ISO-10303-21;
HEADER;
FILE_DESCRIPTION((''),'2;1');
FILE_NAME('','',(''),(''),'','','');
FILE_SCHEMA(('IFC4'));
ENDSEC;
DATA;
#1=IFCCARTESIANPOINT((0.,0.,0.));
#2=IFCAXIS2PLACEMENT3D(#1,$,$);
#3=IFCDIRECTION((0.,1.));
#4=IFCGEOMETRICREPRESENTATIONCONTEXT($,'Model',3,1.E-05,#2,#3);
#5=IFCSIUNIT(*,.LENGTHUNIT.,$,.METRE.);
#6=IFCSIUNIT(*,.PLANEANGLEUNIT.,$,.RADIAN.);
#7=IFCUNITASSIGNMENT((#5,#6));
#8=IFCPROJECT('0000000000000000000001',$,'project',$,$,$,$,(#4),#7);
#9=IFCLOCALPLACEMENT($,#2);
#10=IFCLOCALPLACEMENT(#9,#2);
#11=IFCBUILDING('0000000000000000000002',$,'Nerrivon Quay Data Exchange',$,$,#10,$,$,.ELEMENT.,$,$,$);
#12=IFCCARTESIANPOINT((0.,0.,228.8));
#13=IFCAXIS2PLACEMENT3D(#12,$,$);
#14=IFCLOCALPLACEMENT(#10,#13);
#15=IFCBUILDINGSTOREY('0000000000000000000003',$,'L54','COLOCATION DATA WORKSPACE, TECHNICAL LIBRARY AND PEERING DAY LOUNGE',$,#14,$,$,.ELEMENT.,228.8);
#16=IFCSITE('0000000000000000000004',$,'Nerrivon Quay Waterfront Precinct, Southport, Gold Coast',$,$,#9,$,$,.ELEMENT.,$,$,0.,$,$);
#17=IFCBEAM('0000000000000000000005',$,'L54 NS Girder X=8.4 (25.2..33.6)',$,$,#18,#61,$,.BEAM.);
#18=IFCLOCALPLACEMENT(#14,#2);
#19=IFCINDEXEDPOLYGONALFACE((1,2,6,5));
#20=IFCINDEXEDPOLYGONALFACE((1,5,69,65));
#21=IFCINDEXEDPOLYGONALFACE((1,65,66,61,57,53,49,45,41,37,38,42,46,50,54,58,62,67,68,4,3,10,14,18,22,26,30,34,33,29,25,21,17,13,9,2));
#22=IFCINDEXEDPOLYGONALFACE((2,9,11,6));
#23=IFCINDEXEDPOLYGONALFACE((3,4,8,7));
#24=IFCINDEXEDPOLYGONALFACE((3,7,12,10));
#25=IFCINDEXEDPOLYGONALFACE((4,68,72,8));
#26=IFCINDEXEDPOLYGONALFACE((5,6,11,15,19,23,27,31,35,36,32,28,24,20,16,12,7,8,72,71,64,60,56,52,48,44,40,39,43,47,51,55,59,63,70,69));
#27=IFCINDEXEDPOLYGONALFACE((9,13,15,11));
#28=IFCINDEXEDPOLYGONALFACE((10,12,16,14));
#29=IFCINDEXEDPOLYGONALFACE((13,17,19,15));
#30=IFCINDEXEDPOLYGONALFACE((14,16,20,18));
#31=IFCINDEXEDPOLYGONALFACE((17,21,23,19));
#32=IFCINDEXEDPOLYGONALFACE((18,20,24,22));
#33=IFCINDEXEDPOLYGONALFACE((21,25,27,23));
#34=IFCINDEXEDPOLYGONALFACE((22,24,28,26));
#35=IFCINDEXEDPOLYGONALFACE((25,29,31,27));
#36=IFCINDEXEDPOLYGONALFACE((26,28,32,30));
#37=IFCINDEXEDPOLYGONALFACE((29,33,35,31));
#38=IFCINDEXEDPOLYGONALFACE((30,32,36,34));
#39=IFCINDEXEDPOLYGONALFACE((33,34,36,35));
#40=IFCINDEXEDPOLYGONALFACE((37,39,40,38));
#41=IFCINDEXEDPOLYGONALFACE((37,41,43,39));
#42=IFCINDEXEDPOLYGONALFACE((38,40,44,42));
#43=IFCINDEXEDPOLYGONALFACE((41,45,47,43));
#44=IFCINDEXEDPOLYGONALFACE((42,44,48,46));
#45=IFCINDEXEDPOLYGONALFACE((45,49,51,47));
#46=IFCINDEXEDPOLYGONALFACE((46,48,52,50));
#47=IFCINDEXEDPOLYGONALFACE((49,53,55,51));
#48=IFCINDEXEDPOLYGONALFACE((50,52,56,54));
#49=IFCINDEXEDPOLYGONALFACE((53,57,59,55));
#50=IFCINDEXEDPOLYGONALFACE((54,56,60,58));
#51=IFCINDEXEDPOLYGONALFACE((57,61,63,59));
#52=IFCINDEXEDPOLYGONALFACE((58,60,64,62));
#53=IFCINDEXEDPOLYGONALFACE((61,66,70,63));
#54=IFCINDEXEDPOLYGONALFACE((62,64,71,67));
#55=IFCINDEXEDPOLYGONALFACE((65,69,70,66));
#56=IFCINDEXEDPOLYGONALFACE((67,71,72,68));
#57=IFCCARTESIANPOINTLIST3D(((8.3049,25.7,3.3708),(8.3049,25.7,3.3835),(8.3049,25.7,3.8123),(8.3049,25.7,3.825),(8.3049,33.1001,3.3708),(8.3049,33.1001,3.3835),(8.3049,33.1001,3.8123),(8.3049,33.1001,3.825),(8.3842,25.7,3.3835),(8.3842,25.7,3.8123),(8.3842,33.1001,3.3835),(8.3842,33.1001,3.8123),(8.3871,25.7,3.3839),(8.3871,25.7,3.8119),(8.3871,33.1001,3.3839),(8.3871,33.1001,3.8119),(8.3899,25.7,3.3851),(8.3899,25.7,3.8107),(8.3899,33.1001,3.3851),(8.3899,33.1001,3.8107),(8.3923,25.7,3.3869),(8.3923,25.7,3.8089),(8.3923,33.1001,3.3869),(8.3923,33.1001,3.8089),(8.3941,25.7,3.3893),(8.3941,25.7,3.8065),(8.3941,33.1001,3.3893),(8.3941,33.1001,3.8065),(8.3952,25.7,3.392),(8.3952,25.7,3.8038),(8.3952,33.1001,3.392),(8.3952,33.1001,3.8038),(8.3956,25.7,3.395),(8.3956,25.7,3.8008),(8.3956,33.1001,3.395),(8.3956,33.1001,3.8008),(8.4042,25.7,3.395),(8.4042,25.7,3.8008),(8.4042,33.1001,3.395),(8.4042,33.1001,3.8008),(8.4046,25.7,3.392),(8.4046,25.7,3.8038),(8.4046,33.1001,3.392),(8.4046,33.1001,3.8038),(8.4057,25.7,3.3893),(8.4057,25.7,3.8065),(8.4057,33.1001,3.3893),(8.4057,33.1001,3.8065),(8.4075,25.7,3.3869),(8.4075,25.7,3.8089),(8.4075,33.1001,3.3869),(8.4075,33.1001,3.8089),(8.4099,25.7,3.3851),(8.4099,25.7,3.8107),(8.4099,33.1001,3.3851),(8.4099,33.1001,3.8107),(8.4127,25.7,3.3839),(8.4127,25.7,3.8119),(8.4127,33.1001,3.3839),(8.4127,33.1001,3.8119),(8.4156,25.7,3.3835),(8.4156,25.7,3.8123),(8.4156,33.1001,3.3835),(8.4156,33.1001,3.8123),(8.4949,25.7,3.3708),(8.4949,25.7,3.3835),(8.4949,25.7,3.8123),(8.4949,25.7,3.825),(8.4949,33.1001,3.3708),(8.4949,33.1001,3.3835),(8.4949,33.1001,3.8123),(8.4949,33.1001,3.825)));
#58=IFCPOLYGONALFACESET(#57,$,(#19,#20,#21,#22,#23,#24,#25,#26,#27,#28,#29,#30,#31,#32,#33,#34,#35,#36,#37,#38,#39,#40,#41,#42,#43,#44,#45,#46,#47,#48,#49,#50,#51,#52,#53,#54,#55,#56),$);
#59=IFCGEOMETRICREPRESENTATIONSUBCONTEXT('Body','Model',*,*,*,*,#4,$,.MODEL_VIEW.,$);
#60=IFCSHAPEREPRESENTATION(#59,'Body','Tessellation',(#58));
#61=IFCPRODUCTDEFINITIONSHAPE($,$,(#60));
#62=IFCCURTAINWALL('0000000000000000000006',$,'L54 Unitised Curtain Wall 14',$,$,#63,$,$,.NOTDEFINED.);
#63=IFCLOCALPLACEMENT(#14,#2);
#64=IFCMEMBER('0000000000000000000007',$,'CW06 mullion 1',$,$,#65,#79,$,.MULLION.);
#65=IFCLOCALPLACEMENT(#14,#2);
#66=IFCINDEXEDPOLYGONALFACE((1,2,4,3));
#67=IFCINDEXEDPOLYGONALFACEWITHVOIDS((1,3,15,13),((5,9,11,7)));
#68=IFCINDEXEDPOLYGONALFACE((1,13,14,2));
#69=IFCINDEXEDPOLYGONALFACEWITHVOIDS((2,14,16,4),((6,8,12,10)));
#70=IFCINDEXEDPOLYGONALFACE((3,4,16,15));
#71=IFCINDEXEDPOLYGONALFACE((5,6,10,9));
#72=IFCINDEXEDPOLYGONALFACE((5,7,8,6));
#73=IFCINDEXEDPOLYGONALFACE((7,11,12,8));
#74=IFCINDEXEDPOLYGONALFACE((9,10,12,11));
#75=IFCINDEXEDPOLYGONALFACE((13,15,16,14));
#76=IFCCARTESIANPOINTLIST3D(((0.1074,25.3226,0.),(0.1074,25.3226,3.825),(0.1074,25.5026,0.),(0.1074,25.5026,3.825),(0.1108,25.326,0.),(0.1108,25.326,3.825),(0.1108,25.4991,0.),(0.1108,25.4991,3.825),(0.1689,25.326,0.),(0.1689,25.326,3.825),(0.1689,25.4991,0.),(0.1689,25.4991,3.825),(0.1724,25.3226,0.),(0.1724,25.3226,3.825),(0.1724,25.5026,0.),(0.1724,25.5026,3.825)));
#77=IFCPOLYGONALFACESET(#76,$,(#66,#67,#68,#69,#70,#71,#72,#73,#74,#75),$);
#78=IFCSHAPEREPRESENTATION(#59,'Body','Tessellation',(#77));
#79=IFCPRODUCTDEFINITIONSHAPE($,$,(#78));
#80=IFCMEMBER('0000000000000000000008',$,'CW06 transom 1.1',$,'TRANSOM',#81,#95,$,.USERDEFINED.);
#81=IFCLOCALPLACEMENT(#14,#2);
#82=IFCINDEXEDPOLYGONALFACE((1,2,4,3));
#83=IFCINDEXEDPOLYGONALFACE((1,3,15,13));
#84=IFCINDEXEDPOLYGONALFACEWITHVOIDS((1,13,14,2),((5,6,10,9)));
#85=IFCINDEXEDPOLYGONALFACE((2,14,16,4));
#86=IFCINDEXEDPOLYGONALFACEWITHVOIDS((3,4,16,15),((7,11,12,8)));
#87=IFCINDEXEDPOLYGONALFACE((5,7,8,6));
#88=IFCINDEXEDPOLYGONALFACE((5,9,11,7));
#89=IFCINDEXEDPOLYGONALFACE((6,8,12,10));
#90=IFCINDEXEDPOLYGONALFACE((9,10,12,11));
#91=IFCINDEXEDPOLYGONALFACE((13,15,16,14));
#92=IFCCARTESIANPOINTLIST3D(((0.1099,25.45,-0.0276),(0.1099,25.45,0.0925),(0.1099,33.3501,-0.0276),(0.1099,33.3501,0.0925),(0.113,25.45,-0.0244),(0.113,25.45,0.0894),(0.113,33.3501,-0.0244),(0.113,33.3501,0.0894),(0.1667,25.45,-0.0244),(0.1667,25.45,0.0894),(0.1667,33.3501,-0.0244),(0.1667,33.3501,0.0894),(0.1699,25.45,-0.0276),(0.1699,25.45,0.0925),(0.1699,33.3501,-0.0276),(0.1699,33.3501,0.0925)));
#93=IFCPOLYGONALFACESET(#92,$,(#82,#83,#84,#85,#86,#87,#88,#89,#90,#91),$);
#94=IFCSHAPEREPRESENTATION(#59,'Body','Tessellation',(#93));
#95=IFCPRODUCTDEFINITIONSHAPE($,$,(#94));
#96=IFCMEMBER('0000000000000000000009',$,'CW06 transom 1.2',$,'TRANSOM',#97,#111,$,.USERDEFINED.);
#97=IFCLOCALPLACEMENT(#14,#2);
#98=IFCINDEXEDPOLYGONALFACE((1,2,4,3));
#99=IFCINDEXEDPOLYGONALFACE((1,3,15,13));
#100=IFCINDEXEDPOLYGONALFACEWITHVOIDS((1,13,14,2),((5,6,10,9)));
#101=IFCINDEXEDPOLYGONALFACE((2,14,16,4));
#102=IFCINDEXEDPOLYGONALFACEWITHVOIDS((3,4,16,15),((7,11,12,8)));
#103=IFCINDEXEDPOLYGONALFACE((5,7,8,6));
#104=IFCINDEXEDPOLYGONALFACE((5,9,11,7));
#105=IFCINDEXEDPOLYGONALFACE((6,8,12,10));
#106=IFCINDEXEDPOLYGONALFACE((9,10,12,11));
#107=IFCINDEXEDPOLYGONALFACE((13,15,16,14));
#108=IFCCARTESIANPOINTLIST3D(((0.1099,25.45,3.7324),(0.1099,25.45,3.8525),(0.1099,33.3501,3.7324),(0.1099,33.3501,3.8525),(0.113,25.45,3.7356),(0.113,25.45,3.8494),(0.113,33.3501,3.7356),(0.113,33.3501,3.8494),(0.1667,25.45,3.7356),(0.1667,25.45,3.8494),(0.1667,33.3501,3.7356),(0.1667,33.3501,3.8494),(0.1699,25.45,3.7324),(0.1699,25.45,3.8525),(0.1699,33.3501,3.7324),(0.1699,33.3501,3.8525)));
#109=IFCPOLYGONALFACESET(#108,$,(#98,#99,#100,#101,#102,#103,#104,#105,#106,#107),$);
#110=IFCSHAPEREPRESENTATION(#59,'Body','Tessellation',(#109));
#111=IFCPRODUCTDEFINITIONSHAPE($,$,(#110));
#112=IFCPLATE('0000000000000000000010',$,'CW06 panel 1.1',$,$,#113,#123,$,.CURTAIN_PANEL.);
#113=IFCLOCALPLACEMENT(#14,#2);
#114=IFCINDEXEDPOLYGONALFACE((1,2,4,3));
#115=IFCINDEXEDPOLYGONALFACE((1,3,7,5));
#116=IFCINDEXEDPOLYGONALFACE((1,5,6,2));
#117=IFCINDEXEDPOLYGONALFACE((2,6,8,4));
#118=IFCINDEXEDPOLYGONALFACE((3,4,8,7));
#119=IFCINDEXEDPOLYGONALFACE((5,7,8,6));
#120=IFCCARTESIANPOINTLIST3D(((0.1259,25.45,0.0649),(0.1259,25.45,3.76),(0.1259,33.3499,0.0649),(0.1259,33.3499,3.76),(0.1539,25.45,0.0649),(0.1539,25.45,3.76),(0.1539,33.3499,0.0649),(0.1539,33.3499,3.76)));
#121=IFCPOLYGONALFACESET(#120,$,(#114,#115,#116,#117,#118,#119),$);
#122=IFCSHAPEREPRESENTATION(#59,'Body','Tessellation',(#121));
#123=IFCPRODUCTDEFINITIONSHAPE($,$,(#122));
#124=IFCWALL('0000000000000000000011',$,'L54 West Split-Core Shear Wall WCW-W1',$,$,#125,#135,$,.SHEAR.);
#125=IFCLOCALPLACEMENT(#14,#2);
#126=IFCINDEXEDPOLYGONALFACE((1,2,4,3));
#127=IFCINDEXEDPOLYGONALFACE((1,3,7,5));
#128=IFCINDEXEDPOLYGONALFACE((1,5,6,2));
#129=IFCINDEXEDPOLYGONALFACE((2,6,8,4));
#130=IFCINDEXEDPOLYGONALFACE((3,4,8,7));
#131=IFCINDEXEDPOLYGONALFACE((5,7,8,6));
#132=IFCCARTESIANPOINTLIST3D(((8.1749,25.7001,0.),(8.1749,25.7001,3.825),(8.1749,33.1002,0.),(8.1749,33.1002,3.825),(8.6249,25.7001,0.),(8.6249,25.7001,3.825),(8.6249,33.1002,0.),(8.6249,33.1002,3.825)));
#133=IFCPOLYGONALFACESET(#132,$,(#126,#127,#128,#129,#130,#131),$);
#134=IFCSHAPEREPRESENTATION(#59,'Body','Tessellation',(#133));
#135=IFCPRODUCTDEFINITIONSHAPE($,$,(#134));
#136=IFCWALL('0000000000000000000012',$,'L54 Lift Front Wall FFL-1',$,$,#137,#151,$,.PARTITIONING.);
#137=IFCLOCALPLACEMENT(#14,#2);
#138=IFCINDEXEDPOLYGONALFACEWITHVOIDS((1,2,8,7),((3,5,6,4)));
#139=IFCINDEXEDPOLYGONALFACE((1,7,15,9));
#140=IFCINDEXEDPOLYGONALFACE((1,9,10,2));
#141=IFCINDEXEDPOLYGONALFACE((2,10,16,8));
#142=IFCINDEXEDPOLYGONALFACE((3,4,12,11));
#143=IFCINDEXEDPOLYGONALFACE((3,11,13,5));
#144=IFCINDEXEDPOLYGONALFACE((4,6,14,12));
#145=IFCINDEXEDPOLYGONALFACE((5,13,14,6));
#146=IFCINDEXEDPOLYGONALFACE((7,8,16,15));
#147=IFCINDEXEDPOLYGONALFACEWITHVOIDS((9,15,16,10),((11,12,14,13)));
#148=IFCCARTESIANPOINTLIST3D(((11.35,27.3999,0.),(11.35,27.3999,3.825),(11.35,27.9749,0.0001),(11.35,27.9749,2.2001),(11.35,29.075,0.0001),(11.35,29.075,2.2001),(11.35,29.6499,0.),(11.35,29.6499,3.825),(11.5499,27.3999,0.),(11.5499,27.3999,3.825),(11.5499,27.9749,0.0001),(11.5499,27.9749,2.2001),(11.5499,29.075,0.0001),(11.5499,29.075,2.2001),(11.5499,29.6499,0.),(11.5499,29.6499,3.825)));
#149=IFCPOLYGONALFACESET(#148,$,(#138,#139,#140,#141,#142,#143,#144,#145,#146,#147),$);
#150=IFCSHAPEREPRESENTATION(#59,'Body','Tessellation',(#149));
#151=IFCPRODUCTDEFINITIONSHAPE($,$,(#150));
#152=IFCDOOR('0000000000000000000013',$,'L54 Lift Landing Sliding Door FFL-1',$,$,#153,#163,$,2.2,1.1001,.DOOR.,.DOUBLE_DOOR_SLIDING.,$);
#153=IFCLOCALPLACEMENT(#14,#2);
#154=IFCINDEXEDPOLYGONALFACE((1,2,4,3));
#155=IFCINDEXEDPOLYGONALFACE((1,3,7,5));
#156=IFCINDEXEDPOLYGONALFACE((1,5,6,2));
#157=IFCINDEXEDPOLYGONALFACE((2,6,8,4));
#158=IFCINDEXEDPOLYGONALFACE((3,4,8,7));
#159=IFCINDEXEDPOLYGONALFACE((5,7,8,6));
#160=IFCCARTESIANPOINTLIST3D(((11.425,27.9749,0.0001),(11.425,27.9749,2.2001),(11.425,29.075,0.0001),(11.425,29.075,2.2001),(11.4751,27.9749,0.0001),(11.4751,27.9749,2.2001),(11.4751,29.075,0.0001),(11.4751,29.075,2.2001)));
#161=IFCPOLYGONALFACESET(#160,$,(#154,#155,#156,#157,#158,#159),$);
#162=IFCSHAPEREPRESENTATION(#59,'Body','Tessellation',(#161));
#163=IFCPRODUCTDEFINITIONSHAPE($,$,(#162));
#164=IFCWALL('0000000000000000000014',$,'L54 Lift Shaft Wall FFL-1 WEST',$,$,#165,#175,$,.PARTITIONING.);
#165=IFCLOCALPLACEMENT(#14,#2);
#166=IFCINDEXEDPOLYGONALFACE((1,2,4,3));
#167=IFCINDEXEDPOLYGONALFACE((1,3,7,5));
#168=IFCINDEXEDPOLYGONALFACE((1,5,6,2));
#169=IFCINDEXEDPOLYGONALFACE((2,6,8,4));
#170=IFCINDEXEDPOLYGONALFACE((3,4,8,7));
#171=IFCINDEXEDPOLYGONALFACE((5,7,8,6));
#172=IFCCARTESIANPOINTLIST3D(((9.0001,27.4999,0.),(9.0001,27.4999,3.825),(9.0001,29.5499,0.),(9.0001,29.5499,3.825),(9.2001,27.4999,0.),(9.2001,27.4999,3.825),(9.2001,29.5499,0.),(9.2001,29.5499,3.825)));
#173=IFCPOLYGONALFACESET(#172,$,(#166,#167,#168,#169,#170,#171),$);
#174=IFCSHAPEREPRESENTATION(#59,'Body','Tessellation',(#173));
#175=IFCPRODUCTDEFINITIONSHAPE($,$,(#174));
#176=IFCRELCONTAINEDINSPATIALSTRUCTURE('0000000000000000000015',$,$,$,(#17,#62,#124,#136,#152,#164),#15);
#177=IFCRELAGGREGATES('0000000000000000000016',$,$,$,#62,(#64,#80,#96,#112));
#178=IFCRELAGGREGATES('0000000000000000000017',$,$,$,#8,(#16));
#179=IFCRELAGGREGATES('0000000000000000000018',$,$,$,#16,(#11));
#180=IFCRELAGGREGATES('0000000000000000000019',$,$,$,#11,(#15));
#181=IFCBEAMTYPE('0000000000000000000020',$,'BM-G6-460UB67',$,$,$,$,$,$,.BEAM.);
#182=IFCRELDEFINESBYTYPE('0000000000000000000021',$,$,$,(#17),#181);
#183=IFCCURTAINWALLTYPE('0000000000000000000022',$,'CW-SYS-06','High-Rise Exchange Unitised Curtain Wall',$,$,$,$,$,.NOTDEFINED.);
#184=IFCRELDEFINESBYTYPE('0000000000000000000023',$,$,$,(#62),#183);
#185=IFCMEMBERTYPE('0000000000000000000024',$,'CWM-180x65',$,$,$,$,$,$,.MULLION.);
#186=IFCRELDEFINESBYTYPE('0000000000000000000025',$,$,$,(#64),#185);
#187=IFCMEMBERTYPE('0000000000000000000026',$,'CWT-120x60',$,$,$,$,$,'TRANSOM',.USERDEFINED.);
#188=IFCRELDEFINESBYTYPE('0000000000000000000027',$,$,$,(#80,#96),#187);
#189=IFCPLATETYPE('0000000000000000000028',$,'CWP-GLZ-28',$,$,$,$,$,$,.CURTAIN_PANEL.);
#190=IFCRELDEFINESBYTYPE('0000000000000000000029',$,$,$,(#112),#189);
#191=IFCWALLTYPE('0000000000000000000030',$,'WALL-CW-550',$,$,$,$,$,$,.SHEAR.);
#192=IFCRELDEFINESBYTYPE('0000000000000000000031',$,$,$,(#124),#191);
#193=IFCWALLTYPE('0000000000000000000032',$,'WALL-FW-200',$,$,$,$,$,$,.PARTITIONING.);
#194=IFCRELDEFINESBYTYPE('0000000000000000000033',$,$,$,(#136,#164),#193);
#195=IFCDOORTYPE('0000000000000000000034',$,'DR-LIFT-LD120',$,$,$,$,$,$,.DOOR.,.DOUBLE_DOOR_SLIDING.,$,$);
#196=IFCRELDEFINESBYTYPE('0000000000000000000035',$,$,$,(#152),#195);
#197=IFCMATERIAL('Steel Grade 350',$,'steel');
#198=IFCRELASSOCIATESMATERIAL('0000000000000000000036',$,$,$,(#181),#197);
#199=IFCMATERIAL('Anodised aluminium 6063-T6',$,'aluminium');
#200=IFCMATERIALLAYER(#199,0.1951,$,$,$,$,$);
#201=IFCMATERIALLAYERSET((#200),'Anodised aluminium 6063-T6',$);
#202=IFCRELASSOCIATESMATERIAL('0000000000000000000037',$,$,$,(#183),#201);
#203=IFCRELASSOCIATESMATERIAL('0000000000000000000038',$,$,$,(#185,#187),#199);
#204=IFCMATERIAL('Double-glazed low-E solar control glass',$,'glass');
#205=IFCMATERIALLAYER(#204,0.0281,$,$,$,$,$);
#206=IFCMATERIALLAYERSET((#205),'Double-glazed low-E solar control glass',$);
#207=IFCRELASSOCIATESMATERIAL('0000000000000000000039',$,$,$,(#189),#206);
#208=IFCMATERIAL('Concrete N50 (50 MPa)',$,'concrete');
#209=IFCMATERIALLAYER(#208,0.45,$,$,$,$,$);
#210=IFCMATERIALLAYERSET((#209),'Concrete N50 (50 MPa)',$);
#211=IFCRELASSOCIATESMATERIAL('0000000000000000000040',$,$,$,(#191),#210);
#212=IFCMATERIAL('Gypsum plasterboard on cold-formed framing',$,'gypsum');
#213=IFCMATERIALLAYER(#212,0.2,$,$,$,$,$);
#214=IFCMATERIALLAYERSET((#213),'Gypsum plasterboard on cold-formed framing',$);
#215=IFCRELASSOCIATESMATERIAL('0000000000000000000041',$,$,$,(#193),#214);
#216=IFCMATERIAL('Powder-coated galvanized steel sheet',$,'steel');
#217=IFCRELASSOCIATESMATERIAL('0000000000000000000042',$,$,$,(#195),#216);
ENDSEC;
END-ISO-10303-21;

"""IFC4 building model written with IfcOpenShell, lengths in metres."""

from ifc_helpers import new_model, si_unit, direction, frame, frame_2d, origin, origin_2d, place, context, subcontext, project, spatial, rectangle, hollow_rectangle, i_section, extrude, material, layer, layer_set, material_profile, profile_set, type_object, element, fill, aggregate, save


model = new_model("IFC4")

# Units and contexts
model_context = context("Model", 3, precision=1e-05, world=origin(), true_north=direction((0.0, 1.0)))
body_context = subcontext(model_context, "Body", "Model", "MODEL_VIEW")
ifc_project = project(units=[si_unit("LENGTHUNIT", "METRE"), si_unit("PLANEANGLEUNIT", "RADIAN")], contexts=[model_context])

# Site, building, storey
site_placement = place(None, origin())
site = spatial("IfcSite", under=ifc_project, at=site_placement, Name="Nerrivon Quay Waterfront Precinct, Southport, Gold Coast", CompositionType="ELEMENT", RefElevation=0.0)
building_placement = place(site_placement, origin())
building = spatial("IfcBuilding", under=site, at=building_placement, Name="Nerrivon Quay Data Exchange", CompositionType="ELEMENT")
storey_placement = place(building_placement, frame((0.0, 0.0, 228.8)))
storey = spatial("IfcBuildingStorey", under=building, at=storey_placement, Name="L54", Description="COLOCATION DATA WORKSPACE, TECHNICAL LIBRARY AND PEERING DAY LOUNGE", CompositionType="ELEMENT", Elevation=228.8)

# Beam
ifc_material_1 = material(Name="Steel Grade 350", Category="steel")
ifc_material_profile_1 = material_profile(ifc_material_1, i_section(OverallWidth=0.1899, OverallDepth=0.4541, WebThickness=0.0085, FlangeThickness=0.0127, FilletRadius=0.0115, at=origin_2d()), Name="460UB67.1")
ifc_profile_set_1 = profile_set([ifc_material_profile_1], Name="Steel Grade 350")
beam_type = type_object("IfcBeamType", Name="BM-G6-460UB67", PredefinedType="BEAM", material=ifc_profile_set_1)
beam_placement = place(storey_placement, frame((8.3999, 25.7, 3.5979), z_axis=(0.0, 1.0, 0.0), x_axis=(-1.0, 0.0, 0.0)))
element("IfcBeam", 1, at=beam_placement, inside=storey, type_object=beam_type, Name="L54 NS Girder X=8.4 (25.2..33.6)", PredefinedType="BEAM", context=body_context, shape_type="SweptSolid", body=[
    extrude(i_section(OverallWidth=0.1899, OverallDepth=0.4541, WebThickness=0.0085, FlangeThickness=0.0127, FilletRadius=0.0115, at=origin_2d()), origin(), (0.0, 0.0, 1.0), 7.4001),
])

# Curtain wall, members, plate
ifc_material_2 = material(Name="Anodised aluminium 6063-T6", Category="aluminium")
ifc_layer_1 = layer(ifc_material_2, 0.1951)
ifc_layer_set_1 = layer_set([ifc_layer_1], Name="Anodised aluminium 6063-T6")
curtain_wall_type = type_object("IfcCurtainWallType", Name="CW-SYS-06", Description="High-Rise Exchange Unitised Curtain Wall", PredefinedType="NOTDEFINED", material=ifc_layer_set_1)
curtain_wall_placement = place(storey_placement, origin())
curtain_wall = element("IfcCurtainWall", 2, at=curtain_wall_placement, inside=storey, type_object=curtain_wall_type, Name="L54 Unitised Curtain Wall 14", PredefinedType="NOTDEFINED")
ifc_material_profile_2 = material_profile(ifc_material_2, hollow_rectangle(XDim=0.0649, YDim=0.1799, WallThickness=0.0034, at=origin_2d()), Name="ALU-MULL-180x65")
ifc_profile_set_2 = profile_set([ifc_material_profile_2], Name="Anodised aluminium 6063-T6")
member_type_1 = type_object("IfcMemberType", Name="CWM-180x65", PredefinedType="MULLION", material=ifc_profile_set_2)
member_1_placement = place(storey_placement, frame((0.1399, 25.4126, 0.0), z_axis=(0.0, 0.0, 1.0), x_axis=(-1.0, 0.0, 0.0)))
member_1 = element("IfcMember", 3, at=member_1_placement, type_object=member_type_1, Name="CW06 mullion 1", PredefinedType="MULLION", context=body_context, shape_type="SweptSolid", body=[
    extrude(hollow_rectangle(XDim=0.0649, YDim=0.1799, WallThickness=0.0034, at=origin_2d()), origin(), (0.0, 0.0, 1.0), 3.825),
])
ifc_material_profile_3 = material_profile(ifc_material_2, hollow_rectangle(XDim=0.0601, YDim=0.1201, WallThickness=0.0032, at=origin_2d()), Name="ALU-TRAN-120x60")
ifc_profile_set_3 = profile_set([ifc_material_profile_3], Name="Anodised aluminium 6063-T6")
member_type_2 = type_object("IfcMemberType", Name="CWT-120x60", ElementType="TRANSOM", PredefinedType="USERDEFINED", material=ifc_profile_set_3)
member_2_placement = place(storey_placement, frame((0.1399, 25.45, 0.0325), z_axis=(0.0, 1.0, 0.0), x_axis=(-1.0, 0.0, 0.0)))
member_2 = element("IfcMember", 4, at=member_2_placement, type_object=member_type_2, Name="CW06 transom 1.1", ObjectType="TRANSOM", PredefinedType="USERDEFINED", context=body_context, shape_type="SweptSolid", body=[
    extrude(hollow_rectangle(XDim=0.0601, YDim=0.1201, WallThickness=0.0032, at=origin_2d()), origin(), (0.0, 0.0, 1.0), 7.9001),
])
member_3_placement = place(storey_placement, frame((0.1399, 25.45, 3.7925), z_axis=(0.0, 1.0, 0.0), x_axis=(-1.0, 0.0, 0.0)))
member_3 = element("IfcMember", 5, at=member_3_placement, type_object=member_type_2, Name="CW06 transom 1.2", ObjectType="TRANSOM", PredefinedType="USERDEFINED", context=body_context, shape_type="SweptSolid", body=[
    extrude(hollow_rectangle(XDim=0.0601, YDim=0.1201, WallThickness=0.0032, at=origin_2d()), origin(), (0.0, 0.0, 1.0), 7.9001),
])
ifc_material_3 = material(Name="Double-glazed low-E solar control glass", Category="glass")
ifc_layer_2 = layer(ifc_material_3, 0.0281)
ifc_layer_set_2 = layer_set([ifc_layer_2], Name="Double-glazed low-E solar control glass")
plate_type = type_object("IfcPlateType", Name="CWP-GLZ-28", PredefinedType="CURTAIN_PANEL", material=ifc_layer_set_2)
plate_placement = place(storey_placement, frame((0.1399, 29.3999, 0.0649), z_axis=(0.0, 0.0, 1.0), x_axis=(0.0, 1.0, 0.0)))
plate = element("IfcPlate", 6, at=plate_placement, type_object=plate_type, Name="CW06 panel 1.1", PredefinedType="CURTAIN_PANEL", context=body_context, shape_type="SweptSolid", body=[
    extrude(rectangle(XDim=7.8999, YDim=0.0281, at=origin_2d()), origin(), (0.0, 0.0, 1.0), 3.6951),
])
aggregate(curtain_wall, [member_1, member_2, member_3, plate])

# Wall
ifc_material_4 = material(Name="Concrete N50 (50 MPa)", Category="concrete")
ifc_layer_3 = layer(ifc_material_4, 0.45)
ifc_layer_set_3 = layer_set([ifc_layer_3], Name="Concrete N50 (50 MPa)")
wall_type_1 = type_object("IfcWallType", Name="WALL-CW-550", PredefinedType="SHEAR", material=ifc_layer_set_3)
wall_1_placement = place(storey_placement, frame((8.3999, 25.7, 0.0), z_axis=(0.0, 0.0, 1.0), x_axis=(0.0, 1.0, 0.0)))
element("IfcWall", 7, at=wall_1_placement, inside=storey, type_object=wall_type_1, Name="L54 West Split-Core Shear Wall WCW-W1", PredefinedType="SHEAR", context=body_context, shape_type="SweptSolid", body=[
    extrude(rectangle(XDim=7.4001, YDim=0.45, at=frame_2d((3.7002, 0.0))), origin(), (0.0, 0.0, 1.0), 3.825),
])

# Wall, opening, door
ifc_material_5 = material(Name="Gypsum plasterboard on cold-formed framing", Category="gypsum")
ifc_layer_4 = layer(ifc_material_5, 0.2)
ifc_layer_set_4 = layer_set([ifc_layer_4], Name="Gypsum plasterboard on cold-formed framing")
wall_type_2 = type_object("IfcWallType", Name="WALL-FW-200", PredefinedType="PARTITIONING", material=ifc_layer_set_4)
wall_2_placement = place(storey_placement, frame((11.45, 27.3999, 0.0), z_axis=(0.0, 0.0, 1.0), x_axis=(0.0, 1.0, 0.0)))
wall_2 = element("IfcWall", 8, at=wall_2_placement, inside=storey, type_object=wall_type_2, Name="L54 Lift Front Wall FFL-1", PredefinedType="PARTITIONING", context=body_context, shape_type="SweptSolid", body=[
    extrude(rectangle(XDim=2.25, YDim=0.2, at=frame_2d((1.125, 0.0))), origin(), (0.0, 0.0, 1.0), 3.825),
])
opening_1_placement = place(wall_2_placement, frame((0.575, 0.0, 0.0)))
opening_1 = element("IfcOpeningElement", 9, at=opening_1_placement, cuts=wall_2, PredefinedType="OPENING", context=body_context, shape_type="SweptSolid", body=[
    extrude(rectangle(XDim=1.1001, YDim=2.2, at=frame_2d((0.55, 1.1001))), frame((0.0, 0.1099, 0.0), z_axis=(0.0, -1.0, 0.0), x_axis=(1.0, 0.0, 0.0)), (0.0, 0.0, 1.0), 0.22),
])
ifc_material_6 = material(Name="Powder-coated galvanized steel sheet", Category="steel")
door_type_1 = type_object("IfcDoorType", Name="DR-LIFT-LD120", OperationType="DOUBLE_DOOR_SLIDING", PredefinedType="DOOR", material=ifc_material_6)
door_1_placement = place(opening_1_placement, origin())
door_1 = element("IfcDoor", 10, at=door_1_placement, inside=storey, type_object=door_type_1, Name="L54 Lift Landing Sliding Door FFL-1", OperationType="DOUBLE_DOOR_SLIDING", OverallHeight=2.2, OverallWidth=1.1001, PredefinedType="DOOR", context=body_context, shape_type="SweptSolid", body=[
    extrude(rectangle(XDim=1.1001, YDim=2.2, at=frame_2d((0.55, 1.1001))), frame((0.0, 0.0249, 0.0), z_axis=(0.0, -1.0, 0.0), x_axis=(1.0, 0.0, 0.0)), (0.0, 0.0, 1.0), 0.05),
])
fill(opening_1, door_1)

# Wall
wall_3_placement = place(storey_placement, frame((9.1001, 27.5, 0.0), z_axis=(0.0, 0.0, 1.0), x_axis=(0.0, 1.0, 0.0)))
element("IfcWall", 11, at=wall_3_placement, inside=storey, type_object=wall_type_2, Name="L54 Lift Shaft Wall FFL-1 WEST", PredefinedType="PARTITIONING", context=body_context, shape_type="SweptSolid", body=[
    extrude(rectangle(XDim=2.05, YDim=0.2, at=frame_2d((1.0249, 0.0))), origin(), (0.0, 0.0, 1.0), 3.825),
])

save(model, "model.ifc")
